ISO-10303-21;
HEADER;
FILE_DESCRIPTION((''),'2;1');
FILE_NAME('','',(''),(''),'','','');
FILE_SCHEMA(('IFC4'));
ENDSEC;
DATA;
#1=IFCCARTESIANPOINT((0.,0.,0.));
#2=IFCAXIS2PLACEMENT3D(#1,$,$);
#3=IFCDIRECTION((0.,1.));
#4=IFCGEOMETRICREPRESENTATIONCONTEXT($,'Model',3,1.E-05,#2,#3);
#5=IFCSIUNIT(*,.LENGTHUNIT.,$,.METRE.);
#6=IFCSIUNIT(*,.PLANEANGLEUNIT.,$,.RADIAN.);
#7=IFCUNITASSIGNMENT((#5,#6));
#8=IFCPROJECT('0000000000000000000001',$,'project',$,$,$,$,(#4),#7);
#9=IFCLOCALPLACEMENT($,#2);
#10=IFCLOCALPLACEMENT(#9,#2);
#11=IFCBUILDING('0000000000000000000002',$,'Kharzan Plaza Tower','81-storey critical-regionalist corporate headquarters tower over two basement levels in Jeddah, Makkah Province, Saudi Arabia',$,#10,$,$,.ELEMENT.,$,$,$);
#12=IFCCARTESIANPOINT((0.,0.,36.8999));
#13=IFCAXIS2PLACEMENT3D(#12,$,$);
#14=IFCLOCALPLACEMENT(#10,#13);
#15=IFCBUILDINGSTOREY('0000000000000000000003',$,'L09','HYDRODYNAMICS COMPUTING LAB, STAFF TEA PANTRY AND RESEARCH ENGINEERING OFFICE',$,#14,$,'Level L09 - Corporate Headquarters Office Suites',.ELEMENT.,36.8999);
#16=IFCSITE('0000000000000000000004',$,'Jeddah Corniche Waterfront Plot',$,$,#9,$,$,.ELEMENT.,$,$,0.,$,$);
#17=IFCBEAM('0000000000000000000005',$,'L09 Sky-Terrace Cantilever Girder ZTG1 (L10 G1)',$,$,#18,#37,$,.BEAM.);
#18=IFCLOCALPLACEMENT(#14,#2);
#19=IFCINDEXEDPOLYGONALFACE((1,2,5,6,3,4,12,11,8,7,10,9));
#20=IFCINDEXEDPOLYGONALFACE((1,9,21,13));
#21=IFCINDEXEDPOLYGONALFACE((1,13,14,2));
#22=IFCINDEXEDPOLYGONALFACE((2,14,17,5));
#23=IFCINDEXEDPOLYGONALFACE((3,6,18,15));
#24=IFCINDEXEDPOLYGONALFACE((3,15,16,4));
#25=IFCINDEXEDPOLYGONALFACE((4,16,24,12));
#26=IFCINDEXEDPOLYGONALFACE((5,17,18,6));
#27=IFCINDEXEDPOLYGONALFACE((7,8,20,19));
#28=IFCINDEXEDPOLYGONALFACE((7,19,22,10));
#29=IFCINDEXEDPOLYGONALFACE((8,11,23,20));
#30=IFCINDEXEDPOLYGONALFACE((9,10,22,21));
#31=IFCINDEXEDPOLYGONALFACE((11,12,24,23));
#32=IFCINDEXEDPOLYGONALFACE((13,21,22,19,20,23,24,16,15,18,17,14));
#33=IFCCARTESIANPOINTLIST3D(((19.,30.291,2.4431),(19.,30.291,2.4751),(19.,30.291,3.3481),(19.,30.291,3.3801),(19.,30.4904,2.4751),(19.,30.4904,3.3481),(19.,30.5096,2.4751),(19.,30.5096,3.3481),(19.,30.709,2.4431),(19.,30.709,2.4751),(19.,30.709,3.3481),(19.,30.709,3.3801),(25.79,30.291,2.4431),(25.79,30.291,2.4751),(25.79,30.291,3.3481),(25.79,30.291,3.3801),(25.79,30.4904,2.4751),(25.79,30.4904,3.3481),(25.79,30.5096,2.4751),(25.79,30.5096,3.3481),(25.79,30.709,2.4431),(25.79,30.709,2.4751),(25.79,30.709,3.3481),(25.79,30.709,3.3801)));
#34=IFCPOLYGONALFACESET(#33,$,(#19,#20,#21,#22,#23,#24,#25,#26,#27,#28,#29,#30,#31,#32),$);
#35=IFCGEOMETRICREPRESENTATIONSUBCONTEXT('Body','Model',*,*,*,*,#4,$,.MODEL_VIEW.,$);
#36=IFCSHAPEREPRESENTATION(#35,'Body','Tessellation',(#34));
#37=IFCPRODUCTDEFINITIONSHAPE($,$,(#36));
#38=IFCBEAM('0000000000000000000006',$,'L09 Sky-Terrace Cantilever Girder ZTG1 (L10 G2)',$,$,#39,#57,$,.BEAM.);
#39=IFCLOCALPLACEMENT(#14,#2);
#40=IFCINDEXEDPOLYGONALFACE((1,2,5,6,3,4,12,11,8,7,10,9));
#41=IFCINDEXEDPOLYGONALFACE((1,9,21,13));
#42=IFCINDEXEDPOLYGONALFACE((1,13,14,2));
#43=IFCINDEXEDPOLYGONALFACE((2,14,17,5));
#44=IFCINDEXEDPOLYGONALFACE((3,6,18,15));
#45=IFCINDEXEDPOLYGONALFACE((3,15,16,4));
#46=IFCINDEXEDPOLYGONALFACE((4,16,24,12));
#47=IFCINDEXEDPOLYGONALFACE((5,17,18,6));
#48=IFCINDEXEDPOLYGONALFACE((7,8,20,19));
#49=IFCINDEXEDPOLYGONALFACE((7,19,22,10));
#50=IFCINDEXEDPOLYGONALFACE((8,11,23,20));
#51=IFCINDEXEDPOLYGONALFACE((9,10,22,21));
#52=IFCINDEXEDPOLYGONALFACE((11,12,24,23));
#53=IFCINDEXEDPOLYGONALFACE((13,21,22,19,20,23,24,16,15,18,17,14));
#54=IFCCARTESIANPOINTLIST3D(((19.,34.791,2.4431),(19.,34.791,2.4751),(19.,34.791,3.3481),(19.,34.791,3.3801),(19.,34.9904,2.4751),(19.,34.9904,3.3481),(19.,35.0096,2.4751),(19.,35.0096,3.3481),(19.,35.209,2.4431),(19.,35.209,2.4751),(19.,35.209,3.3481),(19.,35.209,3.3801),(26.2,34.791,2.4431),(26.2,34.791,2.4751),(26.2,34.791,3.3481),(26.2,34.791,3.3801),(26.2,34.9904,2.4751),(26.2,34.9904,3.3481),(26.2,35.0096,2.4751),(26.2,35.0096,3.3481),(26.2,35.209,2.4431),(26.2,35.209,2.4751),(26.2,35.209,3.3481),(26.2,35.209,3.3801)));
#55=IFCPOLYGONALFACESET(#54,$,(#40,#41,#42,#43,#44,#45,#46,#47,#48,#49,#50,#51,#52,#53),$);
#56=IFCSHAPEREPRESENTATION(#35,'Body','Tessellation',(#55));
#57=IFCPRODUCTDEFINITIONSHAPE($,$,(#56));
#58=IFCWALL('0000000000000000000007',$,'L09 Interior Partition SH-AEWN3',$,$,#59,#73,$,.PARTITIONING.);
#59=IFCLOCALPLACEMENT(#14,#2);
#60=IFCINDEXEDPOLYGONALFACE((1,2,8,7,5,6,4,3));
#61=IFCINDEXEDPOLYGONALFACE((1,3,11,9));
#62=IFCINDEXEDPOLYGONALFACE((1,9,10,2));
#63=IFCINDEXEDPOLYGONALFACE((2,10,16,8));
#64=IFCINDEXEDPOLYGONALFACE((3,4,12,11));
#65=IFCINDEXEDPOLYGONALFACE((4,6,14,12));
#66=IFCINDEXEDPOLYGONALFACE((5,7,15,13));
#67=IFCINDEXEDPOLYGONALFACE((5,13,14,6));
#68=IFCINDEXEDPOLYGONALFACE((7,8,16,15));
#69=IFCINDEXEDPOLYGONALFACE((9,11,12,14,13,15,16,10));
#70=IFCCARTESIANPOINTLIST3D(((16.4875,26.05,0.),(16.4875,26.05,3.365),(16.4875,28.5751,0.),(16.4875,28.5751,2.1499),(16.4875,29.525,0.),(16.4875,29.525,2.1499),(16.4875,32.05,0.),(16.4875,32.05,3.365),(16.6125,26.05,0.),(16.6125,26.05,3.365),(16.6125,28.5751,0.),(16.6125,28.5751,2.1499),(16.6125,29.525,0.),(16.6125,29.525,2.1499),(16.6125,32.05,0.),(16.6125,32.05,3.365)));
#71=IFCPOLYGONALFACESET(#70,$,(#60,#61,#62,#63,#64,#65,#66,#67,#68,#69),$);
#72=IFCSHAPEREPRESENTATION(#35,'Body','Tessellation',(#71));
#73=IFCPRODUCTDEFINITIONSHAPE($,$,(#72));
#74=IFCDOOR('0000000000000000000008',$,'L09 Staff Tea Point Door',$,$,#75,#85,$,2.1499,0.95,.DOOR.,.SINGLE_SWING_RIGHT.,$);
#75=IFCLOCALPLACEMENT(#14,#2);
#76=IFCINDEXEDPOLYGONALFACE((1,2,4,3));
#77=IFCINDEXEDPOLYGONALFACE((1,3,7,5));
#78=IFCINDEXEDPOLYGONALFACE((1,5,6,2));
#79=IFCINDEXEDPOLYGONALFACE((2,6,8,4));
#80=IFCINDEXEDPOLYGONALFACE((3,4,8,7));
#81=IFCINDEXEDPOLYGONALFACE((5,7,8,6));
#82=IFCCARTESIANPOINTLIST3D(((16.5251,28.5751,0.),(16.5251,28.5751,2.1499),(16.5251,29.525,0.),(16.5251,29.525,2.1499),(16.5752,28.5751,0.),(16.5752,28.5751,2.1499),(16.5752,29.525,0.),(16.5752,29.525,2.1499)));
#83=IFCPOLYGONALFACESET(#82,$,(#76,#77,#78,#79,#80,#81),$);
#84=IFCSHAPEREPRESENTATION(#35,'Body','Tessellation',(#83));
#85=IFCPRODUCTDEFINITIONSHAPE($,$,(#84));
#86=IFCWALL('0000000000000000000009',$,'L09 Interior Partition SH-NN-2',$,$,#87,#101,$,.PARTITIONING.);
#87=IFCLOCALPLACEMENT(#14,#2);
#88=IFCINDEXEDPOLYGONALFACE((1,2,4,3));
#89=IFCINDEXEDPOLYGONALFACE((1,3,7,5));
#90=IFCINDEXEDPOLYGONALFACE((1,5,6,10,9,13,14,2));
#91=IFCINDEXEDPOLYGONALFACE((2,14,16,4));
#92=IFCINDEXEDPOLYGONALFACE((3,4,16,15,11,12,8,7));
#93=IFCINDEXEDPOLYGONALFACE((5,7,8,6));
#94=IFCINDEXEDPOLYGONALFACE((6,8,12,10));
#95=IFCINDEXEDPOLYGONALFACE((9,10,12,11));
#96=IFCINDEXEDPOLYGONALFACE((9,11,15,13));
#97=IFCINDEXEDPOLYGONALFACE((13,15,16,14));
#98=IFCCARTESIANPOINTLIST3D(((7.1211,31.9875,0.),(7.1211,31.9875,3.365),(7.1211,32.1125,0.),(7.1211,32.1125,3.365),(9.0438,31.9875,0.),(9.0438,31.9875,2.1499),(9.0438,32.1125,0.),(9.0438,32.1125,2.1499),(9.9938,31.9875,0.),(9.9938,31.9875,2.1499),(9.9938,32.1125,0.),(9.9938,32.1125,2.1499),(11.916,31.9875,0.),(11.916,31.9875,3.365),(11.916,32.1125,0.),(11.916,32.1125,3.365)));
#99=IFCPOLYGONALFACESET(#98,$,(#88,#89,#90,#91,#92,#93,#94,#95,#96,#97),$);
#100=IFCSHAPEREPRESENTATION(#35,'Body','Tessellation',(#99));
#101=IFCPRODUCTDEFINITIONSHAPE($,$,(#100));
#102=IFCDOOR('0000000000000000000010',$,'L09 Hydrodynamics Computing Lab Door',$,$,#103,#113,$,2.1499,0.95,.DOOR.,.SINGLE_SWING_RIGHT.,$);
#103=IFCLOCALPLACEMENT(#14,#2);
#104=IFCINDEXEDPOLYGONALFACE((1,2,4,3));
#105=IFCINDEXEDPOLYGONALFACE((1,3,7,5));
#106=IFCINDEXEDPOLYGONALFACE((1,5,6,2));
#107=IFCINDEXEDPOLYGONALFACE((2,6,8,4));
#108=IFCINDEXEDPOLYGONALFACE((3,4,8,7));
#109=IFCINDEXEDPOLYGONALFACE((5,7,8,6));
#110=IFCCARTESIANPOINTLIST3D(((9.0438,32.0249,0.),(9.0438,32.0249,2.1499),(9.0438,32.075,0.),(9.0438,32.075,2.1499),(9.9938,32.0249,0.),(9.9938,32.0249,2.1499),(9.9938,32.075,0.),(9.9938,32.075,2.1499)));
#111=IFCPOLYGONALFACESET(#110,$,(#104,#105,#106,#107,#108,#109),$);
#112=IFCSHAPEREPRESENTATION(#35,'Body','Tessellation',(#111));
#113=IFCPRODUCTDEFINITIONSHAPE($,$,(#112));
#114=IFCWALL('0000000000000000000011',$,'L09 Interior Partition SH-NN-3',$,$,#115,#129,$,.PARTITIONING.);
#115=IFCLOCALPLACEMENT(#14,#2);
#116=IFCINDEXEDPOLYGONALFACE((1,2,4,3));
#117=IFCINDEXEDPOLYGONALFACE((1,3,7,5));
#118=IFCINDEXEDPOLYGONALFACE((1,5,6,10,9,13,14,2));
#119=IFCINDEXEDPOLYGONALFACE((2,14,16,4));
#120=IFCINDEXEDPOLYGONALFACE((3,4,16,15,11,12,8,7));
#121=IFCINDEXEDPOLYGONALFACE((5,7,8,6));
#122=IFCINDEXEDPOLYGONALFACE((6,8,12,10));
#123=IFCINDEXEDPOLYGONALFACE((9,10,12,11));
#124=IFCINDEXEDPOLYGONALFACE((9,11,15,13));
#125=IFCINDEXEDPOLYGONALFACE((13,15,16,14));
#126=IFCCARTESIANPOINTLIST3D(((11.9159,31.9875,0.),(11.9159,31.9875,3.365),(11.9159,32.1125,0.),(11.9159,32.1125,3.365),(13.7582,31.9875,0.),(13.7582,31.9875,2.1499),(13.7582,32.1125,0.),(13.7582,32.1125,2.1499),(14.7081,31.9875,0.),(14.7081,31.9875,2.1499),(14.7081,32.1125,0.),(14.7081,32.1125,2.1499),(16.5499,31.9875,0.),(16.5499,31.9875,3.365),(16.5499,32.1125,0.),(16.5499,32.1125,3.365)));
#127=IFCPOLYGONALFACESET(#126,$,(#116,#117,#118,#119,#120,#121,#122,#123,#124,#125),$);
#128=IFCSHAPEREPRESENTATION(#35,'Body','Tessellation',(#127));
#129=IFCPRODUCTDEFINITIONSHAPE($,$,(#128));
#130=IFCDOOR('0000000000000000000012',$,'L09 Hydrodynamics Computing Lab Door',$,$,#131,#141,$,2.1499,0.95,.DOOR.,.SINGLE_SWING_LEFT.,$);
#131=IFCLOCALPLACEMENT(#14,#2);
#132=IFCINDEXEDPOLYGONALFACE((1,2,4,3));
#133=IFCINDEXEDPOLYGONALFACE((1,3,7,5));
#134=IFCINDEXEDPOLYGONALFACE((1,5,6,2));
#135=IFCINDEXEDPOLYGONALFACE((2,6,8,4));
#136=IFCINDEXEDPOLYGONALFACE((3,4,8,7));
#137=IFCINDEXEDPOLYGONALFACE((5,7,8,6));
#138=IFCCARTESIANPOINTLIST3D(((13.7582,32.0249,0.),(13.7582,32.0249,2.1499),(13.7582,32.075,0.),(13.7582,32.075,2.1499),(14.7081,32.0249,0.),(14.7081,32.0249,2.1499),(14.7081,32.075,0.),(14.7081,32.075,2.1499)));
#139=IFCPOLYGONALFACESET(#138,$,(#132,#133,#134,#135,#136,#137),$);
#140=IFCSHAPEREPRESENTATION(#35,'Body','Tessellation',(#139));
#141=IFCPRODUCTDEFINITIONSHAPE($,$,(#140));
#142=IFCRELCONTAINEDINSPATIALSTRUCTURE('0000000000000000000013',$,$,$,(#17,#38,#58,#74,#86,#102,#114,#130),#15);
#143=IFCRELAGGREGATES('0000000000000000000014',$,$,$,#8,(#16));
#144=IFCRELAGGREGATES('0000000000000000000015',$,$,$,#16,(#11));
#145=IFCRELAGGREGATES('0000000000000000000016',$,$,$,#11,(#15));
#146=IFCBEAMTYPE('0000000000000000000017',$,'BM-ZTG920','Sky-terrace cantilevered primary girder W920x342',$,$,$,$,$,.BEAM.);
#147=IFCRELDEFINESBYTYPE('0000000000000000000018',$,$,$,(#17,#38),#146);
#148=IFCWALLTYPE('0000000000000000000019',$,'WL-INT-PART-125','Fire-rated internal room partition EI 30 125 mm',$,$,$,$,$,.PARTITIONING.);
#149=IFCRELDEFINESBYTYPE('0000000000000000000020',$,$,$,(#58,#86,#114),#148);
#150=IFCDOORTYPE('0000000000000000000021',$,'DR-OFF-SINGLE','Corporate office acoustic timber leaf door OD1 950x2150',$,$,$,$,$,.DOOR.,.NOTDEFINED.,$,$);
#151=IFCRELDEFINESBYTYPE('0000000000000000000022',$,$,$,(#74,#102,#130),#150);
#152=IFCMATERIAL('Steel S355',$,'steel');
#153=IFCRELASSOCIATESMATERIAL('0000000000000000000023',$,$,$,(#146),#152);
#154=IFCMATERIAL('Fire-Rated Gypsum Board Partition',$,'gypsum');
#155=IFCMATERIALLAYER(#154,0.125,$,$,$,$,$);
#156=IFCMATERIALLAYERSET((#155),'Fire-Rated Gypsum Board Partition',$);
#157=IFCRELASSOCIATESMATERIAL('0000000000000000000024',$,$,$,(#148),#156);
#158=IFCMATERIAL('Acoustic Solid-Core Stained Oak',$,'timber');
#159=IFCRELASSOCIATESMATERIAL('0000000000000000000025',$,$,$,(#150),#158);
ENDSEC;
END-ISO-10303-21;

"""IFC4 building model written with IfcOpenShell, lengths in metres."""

from ifc_helpers import new_model, si_unit, direction, frame, frame_2d, origin, origin_2d, place, context, subcontext, project, spatial, rectangle, i_section, extrude, source, transform, mapped, material, layer, layer_set, material_profile, profile_set, type_object, element, fill, save


model = new_model("IFC4")

# Units and contexts
model_context = context("Model", 3, precision=1e-05, world=origin(), true_north=direction((0.0, 1.0)))
body_context = subcontext(model_context, "Body", "Model", "MODEL_VIEW")
ifc_project = project(units=[si_unit("LENGTHUNIT", "METRE"), si_unit("PLANEANGLEUNIT", "RADIAN")], contexts=[model_context])

# Site, building, storey
site_placement = place(None, origin())
site = spatial("IfcSite", under=ifc_project, at=site_placement, Name="Jeddah Corniche Waterfront Plot", CompositionType="ELEMENT", RefElevation=0.0)
building_placement = place(site_placement, origin())
building = spatial("IfcBuilding", under=site, at=building_placement, Name="Kharzan Plaza Tower", Description="81-storey critical-regionalist corporate headquarters tower over two basement levels in Jeddah, Makkah Province, Saudi Arabia", CompositionType="ELEMENT")
storey_placement = place(building_placement, frame((0.0, 0.0, 36.8999)))
storey = spatial("IfcBuildingStorey", under=building, at=storey_placement, Name="L09", Description="HYDRODYNAMICS COMPUTING LAB, STAFF TEA PANTRY AND RESEARCH ENGINEERING OFFICE", LongName="Level L09 - Corporate Headquarters Office Suites", CompositionType="ELEMENT", Elevation=36.8999)

# Beams
ifc_material_1 = material(Name="Steel S355", Category="steel")
ifc_material_profile_1 = material_profile(ifc_material_1, i_section(OverallWidth=0.418, OverallDepth=0.937, WebThickness=0.0193, FlangeThickness=0.032, at=origin_2d()), Name="W920x342")
ifc_profile_set_1 = profile_set([ifc_material_profile_1], Name="Steel S355")
beam_type_1 = type_object("IfcBeamType", Name="BM-ZTG920", Description="Sky-terrace cantilevered primary girder W920x342", PredefinedType="BEAM", material=ifc_profile_set_1)
shared_shape_1 = source(origin(), body_context, "Body", "SweptSolid", [
    extrude(i_section(OverallWidth=0.418, OverallDepth=0.937, WebThickness=0.0193, FlangeThickness=0.032, at=origin_2d()), origin(), (0.0, 0.0, 1.0), 6.79),
])
beam_1_placement = place(storey_placement, frame((19.0, 30.5, 2.9116), z_axis=(1.0, 0.0, 0.0), x_axis=(0.0, 1.0, 0.0)))
element("IfcBeam", 1, at=beam_1_placement, inside=storey, type_object=beam_type_1, Name="L09 Sky-Terrace Cantilever Girder ZTG1 (L10 G1)", PredefinedType="BEAM", context=body_context, shape_type="MappedRepresentation", body=[
    mapped(shared_shape_1, transform((0.0, 0.0, 0.0), x_axis=(1.0, 0.0, 0.0), y_axis=(0.0, 1.0, 0.0), z_axis=(0.0, 0.0, 1.0))),
])
shared_shape_2 = source(origin(), body_context, "Body", "SweptSolid", [
    extrude(i_section(OverallWidth=0.418, OverallDepth=0.937, WebThickness=0.0193, FlangeThickness=0.032, at=origin_2d()), origin(), (0.0, 0.0, 1.0), 7.2),
])
beam_2_placement = place(storey_placement, frame((19.0, 35.0, 2.9116), z_axis=(1.0, 0.0, 0.0), x_axis=(0.0, 1.0, 0.0)))
element("IfcBeam", 2, at=beam_2_placement, inside=storey, type_object=beam_type_1, Name="L09 Sky-Terrace Cantilever Girder ZTG1 (L10 G2)", PredefinedType="BEAM", context=body_context, shape_type="MappedRepresentation", body=[
    mapped(shared_shape_2, transform((0.0, 0.0, 0.0), x_axis=(1.0, 0.0, 0.0), y_axis=(0.0, 1.0, 0.0), z_axis=(0.0, 0.0, 1.0))),
])

# Walls, openings, doors
ifc_material_2 = material(Name="Fire-Rated Gypsum Board Partition", Category="gypsum")
ifc_layer_1 = layer(ifc_material_2, 0.125)
ifc_layer_set_1 = layer_set([ifc_layer_1], Name="Fire-Rated Gypsum Board Partition")
wall_type_1 = type_object("IfcWallType", Name="WL-INT-PART-125", Description="Fire-rated internal room partition EI 30 125 mm", PredefinedType="PARTITIONING", material=ifc_layer_set_1)
wall_1_placement = place(storey_placement, frame((16.55, 26.05, 0.0), z_axis=(0.0, 0.0, 1.0), x_axis=(0.0, 1.0, 0.0)))
wall_1 = element("IfcWall", 3, at=wall_1_placement, inside=storey, type_object=wall_type_1, Name="L09 Interior Partition SH-AEWN3", PredefinedType="PARTITIONING", context=body_context, shape_type="SweptSolid", body=[
    extrude(rectangle(XDim=6.0, YDim=0.125, at=frame_2d((3.0, 0.0))), origin(), (0.0, 0.0, 1.0), 3.365),
])
opening_1_placement = place(wall_1_placement, frame((2.5249, 0.0, 0.0)))
opening_1 = element("IfcOpeningElement", 4, at=opening_1_placement, cuts=wall_1, PredefinedType="OPENING", context=body_context, shape_type="SweptSolid", body=[
    extrude(rectangle(XDim=0.95, YDim=2.1499, at=frame_2d((0.4751, 1.075))), frame((0.0, 0.0725, 0.0), z_axis=(0.0, -1.0, 0.0), x_axis=(1.0, 0.0, 0.0)), (0.0, 0.0, 1.0), 0.145),
])
ifc_material_3 = material(Name="Acoustic Solid-Core Stained Oak", Category="timber")
door_type_1 = type_object("IfcDoorType", Name="DR-OFF-SINGLE", Description="Corporate office acoustic timber leaf door OD1 950x2150", OperationType="NOTDEFINED", PredefinedType="DOOR", material=ifc_material_3)
shared_shape_3 = source(origin(), body_context, "Body", "SweptSolid", [
    extrude(rectangle(XDim=0.95, YDim=2.1499, at=frame_2d((0.4751, 1.075))), frame((0.0, 0.0249, 0.0), z_axis=(0.0, -1.0, 0.0), x_axis=(1.0, 0.0, 0.0)), (0.0, 0.0, 1.0), 0.05),
])
door_1_placement = place(opening_1_placement, origin())
door_1 = element("IfcDoor", 5, at=door_1_placement, inside=storey, type_object=door_type_1, Name="L09 Staff Tea Point Door", OperationType="SINGLE_SWING_RIGHT", OverallHeight=2.1499, OverallWidth=0.95, PredefinedType="DOOR", context=body_context, shape_type="MappedRepresentation", body=[
    mapped(shared_shape_3, transform((0.0, 0.0, 0.0), x_axis=(1.0, 0.0, 0.0), y_axis=(0.0, 1.0, 0.0), z_axis=(0.0, 0.0, 1.0))),
])
fill(opening_1, door_1)
wall_2_placement = place(storey_placement, frame((7.1211, 32.05, 0.0), z_axis=(0.0, 0.0, 1.0), x_axis=(1.0, 0.0, 0.0)))
wall_2 = element("IfcWall", 6, at=wall_2_placement, inside=storey, type_object=wall_type_1, Name="L09 Interior Partition SH-NN-2", PredefinedType="PARTITIONING", context=body_context, shape_type="SweptSolid", body=[
    extrude(rectangle(XDim=4.7949, YDim=0.125, at=frame_2d((2.3975, 0.0))), origin(), (0.0, 0.0, 1.0), 3.365),
])
opening_2_placement = place(wall_2_placement, frame((1.9226, 0.0, 0.0)))
opening_2 = element("IfcOpeningElement", 7, at=opening_2_placement, cuts=wall_2, PredefinedType="OPENING", context=body_context, shape_type="SweptSolid", body=[
    extrude(rectangle(XDim=0.95, YDim=2.1499, at=frame_2d((0.4751, 1.075))), frame((0.0, 0.0725, 0.0), z_axis=(0.0, -1.0, 0.0), x_axis=(1.0, 0.0, 0.0)), (0.0, 0.0, 1.0), 0.145),
])
door_2_placement = place(opening_2_placement, origin())
door_2 = element("IfcDoor", 8, at=door_2_placement, inside=storey, type_object=door_type_1, Name="L09 Hydrodynamics Computing Lab Door", OperationType="SINGLE_SWING_RIGHT", OverallHeight=2.1499, OverallWidth=0.95, PredefinedType="DOOR", context=body_context, shape_type="MappedRepresentation", body=[
    mapped(shared_shape_3, transform((0.0, 0.0, 0.0), x_axis=(1.0, 0.0, 0.0), y_axis=(0.0, 1.0, 0.0), z_axis=(0.0, 0.0, 1.0))),
])
fill(opening_2, door_2)
wall_3_placement = place(storey_placement, frame((11.916, 32.05, 0.0), z_axis=(0.0, 0.0, 1.0), x_axis=(1.0, 0.0, 0.0)))
wall_3 = element("IfcWall", 9, at=wall_3_placement, inside=storey, type_object=wall_type_1, Name="L09 Interior Partition SH-NN-3", PredefinedType="PARTITIONING", context=body_context, shape_type="SweptSolid", body=[
    extrude(rectangle(XDim=4.634, YDim=0.125, at=frame_2d((2.3169, 0.0))), origin(), (0.0, 0.0, 1.0), 3.365),
])
opening_3_placement = place(wall_3_placement, frame((1.842, 0.0, 0.0)))
opening_3 = element("IfcOpeningElement", 10, at=opening_3_placement, cuts=wall_3, PredefinedType="OPENING", context=body_context, shape_type="SweptSolid", body=[
    extrude(rectangle(XDim=0.95, YDim=2.1499, at=frame_2d((0.4751, 1.075))), frame((0.0, 0.0725, 0.0), z_axis=(0.0, -1.0, 0.0), x_axis=(1.0, 0.0, 0.0)), (0.0, 0.0, 1.0), 0.145),
])
door_3_placement = place(opening_3_placement, origin())
door_3 = element("IfcDoor", 11, at=door_3_placement, inside=storey, type_object=door_type_1, Name="L09 Hydrodynamics Computing Lab Door", OperationType="SINGLE_SWING_LEFT", OverallHeight=2.1499, OverallWidth=0.95, PredefinedType="DOOR", context=body_context, shape_type="MappedRepresentation", body=[
    mapped(shared_shape_3, transform((0.0, 0.0, 0.0), x_axis=(1.0, 0.0, 0.0), y_axis=(0.0, 1.0, 0.0), z_axis=(0.0, 0.0, 1.0))),
])
fill(opening_3, door_3)

save(model, "model.ifc")
